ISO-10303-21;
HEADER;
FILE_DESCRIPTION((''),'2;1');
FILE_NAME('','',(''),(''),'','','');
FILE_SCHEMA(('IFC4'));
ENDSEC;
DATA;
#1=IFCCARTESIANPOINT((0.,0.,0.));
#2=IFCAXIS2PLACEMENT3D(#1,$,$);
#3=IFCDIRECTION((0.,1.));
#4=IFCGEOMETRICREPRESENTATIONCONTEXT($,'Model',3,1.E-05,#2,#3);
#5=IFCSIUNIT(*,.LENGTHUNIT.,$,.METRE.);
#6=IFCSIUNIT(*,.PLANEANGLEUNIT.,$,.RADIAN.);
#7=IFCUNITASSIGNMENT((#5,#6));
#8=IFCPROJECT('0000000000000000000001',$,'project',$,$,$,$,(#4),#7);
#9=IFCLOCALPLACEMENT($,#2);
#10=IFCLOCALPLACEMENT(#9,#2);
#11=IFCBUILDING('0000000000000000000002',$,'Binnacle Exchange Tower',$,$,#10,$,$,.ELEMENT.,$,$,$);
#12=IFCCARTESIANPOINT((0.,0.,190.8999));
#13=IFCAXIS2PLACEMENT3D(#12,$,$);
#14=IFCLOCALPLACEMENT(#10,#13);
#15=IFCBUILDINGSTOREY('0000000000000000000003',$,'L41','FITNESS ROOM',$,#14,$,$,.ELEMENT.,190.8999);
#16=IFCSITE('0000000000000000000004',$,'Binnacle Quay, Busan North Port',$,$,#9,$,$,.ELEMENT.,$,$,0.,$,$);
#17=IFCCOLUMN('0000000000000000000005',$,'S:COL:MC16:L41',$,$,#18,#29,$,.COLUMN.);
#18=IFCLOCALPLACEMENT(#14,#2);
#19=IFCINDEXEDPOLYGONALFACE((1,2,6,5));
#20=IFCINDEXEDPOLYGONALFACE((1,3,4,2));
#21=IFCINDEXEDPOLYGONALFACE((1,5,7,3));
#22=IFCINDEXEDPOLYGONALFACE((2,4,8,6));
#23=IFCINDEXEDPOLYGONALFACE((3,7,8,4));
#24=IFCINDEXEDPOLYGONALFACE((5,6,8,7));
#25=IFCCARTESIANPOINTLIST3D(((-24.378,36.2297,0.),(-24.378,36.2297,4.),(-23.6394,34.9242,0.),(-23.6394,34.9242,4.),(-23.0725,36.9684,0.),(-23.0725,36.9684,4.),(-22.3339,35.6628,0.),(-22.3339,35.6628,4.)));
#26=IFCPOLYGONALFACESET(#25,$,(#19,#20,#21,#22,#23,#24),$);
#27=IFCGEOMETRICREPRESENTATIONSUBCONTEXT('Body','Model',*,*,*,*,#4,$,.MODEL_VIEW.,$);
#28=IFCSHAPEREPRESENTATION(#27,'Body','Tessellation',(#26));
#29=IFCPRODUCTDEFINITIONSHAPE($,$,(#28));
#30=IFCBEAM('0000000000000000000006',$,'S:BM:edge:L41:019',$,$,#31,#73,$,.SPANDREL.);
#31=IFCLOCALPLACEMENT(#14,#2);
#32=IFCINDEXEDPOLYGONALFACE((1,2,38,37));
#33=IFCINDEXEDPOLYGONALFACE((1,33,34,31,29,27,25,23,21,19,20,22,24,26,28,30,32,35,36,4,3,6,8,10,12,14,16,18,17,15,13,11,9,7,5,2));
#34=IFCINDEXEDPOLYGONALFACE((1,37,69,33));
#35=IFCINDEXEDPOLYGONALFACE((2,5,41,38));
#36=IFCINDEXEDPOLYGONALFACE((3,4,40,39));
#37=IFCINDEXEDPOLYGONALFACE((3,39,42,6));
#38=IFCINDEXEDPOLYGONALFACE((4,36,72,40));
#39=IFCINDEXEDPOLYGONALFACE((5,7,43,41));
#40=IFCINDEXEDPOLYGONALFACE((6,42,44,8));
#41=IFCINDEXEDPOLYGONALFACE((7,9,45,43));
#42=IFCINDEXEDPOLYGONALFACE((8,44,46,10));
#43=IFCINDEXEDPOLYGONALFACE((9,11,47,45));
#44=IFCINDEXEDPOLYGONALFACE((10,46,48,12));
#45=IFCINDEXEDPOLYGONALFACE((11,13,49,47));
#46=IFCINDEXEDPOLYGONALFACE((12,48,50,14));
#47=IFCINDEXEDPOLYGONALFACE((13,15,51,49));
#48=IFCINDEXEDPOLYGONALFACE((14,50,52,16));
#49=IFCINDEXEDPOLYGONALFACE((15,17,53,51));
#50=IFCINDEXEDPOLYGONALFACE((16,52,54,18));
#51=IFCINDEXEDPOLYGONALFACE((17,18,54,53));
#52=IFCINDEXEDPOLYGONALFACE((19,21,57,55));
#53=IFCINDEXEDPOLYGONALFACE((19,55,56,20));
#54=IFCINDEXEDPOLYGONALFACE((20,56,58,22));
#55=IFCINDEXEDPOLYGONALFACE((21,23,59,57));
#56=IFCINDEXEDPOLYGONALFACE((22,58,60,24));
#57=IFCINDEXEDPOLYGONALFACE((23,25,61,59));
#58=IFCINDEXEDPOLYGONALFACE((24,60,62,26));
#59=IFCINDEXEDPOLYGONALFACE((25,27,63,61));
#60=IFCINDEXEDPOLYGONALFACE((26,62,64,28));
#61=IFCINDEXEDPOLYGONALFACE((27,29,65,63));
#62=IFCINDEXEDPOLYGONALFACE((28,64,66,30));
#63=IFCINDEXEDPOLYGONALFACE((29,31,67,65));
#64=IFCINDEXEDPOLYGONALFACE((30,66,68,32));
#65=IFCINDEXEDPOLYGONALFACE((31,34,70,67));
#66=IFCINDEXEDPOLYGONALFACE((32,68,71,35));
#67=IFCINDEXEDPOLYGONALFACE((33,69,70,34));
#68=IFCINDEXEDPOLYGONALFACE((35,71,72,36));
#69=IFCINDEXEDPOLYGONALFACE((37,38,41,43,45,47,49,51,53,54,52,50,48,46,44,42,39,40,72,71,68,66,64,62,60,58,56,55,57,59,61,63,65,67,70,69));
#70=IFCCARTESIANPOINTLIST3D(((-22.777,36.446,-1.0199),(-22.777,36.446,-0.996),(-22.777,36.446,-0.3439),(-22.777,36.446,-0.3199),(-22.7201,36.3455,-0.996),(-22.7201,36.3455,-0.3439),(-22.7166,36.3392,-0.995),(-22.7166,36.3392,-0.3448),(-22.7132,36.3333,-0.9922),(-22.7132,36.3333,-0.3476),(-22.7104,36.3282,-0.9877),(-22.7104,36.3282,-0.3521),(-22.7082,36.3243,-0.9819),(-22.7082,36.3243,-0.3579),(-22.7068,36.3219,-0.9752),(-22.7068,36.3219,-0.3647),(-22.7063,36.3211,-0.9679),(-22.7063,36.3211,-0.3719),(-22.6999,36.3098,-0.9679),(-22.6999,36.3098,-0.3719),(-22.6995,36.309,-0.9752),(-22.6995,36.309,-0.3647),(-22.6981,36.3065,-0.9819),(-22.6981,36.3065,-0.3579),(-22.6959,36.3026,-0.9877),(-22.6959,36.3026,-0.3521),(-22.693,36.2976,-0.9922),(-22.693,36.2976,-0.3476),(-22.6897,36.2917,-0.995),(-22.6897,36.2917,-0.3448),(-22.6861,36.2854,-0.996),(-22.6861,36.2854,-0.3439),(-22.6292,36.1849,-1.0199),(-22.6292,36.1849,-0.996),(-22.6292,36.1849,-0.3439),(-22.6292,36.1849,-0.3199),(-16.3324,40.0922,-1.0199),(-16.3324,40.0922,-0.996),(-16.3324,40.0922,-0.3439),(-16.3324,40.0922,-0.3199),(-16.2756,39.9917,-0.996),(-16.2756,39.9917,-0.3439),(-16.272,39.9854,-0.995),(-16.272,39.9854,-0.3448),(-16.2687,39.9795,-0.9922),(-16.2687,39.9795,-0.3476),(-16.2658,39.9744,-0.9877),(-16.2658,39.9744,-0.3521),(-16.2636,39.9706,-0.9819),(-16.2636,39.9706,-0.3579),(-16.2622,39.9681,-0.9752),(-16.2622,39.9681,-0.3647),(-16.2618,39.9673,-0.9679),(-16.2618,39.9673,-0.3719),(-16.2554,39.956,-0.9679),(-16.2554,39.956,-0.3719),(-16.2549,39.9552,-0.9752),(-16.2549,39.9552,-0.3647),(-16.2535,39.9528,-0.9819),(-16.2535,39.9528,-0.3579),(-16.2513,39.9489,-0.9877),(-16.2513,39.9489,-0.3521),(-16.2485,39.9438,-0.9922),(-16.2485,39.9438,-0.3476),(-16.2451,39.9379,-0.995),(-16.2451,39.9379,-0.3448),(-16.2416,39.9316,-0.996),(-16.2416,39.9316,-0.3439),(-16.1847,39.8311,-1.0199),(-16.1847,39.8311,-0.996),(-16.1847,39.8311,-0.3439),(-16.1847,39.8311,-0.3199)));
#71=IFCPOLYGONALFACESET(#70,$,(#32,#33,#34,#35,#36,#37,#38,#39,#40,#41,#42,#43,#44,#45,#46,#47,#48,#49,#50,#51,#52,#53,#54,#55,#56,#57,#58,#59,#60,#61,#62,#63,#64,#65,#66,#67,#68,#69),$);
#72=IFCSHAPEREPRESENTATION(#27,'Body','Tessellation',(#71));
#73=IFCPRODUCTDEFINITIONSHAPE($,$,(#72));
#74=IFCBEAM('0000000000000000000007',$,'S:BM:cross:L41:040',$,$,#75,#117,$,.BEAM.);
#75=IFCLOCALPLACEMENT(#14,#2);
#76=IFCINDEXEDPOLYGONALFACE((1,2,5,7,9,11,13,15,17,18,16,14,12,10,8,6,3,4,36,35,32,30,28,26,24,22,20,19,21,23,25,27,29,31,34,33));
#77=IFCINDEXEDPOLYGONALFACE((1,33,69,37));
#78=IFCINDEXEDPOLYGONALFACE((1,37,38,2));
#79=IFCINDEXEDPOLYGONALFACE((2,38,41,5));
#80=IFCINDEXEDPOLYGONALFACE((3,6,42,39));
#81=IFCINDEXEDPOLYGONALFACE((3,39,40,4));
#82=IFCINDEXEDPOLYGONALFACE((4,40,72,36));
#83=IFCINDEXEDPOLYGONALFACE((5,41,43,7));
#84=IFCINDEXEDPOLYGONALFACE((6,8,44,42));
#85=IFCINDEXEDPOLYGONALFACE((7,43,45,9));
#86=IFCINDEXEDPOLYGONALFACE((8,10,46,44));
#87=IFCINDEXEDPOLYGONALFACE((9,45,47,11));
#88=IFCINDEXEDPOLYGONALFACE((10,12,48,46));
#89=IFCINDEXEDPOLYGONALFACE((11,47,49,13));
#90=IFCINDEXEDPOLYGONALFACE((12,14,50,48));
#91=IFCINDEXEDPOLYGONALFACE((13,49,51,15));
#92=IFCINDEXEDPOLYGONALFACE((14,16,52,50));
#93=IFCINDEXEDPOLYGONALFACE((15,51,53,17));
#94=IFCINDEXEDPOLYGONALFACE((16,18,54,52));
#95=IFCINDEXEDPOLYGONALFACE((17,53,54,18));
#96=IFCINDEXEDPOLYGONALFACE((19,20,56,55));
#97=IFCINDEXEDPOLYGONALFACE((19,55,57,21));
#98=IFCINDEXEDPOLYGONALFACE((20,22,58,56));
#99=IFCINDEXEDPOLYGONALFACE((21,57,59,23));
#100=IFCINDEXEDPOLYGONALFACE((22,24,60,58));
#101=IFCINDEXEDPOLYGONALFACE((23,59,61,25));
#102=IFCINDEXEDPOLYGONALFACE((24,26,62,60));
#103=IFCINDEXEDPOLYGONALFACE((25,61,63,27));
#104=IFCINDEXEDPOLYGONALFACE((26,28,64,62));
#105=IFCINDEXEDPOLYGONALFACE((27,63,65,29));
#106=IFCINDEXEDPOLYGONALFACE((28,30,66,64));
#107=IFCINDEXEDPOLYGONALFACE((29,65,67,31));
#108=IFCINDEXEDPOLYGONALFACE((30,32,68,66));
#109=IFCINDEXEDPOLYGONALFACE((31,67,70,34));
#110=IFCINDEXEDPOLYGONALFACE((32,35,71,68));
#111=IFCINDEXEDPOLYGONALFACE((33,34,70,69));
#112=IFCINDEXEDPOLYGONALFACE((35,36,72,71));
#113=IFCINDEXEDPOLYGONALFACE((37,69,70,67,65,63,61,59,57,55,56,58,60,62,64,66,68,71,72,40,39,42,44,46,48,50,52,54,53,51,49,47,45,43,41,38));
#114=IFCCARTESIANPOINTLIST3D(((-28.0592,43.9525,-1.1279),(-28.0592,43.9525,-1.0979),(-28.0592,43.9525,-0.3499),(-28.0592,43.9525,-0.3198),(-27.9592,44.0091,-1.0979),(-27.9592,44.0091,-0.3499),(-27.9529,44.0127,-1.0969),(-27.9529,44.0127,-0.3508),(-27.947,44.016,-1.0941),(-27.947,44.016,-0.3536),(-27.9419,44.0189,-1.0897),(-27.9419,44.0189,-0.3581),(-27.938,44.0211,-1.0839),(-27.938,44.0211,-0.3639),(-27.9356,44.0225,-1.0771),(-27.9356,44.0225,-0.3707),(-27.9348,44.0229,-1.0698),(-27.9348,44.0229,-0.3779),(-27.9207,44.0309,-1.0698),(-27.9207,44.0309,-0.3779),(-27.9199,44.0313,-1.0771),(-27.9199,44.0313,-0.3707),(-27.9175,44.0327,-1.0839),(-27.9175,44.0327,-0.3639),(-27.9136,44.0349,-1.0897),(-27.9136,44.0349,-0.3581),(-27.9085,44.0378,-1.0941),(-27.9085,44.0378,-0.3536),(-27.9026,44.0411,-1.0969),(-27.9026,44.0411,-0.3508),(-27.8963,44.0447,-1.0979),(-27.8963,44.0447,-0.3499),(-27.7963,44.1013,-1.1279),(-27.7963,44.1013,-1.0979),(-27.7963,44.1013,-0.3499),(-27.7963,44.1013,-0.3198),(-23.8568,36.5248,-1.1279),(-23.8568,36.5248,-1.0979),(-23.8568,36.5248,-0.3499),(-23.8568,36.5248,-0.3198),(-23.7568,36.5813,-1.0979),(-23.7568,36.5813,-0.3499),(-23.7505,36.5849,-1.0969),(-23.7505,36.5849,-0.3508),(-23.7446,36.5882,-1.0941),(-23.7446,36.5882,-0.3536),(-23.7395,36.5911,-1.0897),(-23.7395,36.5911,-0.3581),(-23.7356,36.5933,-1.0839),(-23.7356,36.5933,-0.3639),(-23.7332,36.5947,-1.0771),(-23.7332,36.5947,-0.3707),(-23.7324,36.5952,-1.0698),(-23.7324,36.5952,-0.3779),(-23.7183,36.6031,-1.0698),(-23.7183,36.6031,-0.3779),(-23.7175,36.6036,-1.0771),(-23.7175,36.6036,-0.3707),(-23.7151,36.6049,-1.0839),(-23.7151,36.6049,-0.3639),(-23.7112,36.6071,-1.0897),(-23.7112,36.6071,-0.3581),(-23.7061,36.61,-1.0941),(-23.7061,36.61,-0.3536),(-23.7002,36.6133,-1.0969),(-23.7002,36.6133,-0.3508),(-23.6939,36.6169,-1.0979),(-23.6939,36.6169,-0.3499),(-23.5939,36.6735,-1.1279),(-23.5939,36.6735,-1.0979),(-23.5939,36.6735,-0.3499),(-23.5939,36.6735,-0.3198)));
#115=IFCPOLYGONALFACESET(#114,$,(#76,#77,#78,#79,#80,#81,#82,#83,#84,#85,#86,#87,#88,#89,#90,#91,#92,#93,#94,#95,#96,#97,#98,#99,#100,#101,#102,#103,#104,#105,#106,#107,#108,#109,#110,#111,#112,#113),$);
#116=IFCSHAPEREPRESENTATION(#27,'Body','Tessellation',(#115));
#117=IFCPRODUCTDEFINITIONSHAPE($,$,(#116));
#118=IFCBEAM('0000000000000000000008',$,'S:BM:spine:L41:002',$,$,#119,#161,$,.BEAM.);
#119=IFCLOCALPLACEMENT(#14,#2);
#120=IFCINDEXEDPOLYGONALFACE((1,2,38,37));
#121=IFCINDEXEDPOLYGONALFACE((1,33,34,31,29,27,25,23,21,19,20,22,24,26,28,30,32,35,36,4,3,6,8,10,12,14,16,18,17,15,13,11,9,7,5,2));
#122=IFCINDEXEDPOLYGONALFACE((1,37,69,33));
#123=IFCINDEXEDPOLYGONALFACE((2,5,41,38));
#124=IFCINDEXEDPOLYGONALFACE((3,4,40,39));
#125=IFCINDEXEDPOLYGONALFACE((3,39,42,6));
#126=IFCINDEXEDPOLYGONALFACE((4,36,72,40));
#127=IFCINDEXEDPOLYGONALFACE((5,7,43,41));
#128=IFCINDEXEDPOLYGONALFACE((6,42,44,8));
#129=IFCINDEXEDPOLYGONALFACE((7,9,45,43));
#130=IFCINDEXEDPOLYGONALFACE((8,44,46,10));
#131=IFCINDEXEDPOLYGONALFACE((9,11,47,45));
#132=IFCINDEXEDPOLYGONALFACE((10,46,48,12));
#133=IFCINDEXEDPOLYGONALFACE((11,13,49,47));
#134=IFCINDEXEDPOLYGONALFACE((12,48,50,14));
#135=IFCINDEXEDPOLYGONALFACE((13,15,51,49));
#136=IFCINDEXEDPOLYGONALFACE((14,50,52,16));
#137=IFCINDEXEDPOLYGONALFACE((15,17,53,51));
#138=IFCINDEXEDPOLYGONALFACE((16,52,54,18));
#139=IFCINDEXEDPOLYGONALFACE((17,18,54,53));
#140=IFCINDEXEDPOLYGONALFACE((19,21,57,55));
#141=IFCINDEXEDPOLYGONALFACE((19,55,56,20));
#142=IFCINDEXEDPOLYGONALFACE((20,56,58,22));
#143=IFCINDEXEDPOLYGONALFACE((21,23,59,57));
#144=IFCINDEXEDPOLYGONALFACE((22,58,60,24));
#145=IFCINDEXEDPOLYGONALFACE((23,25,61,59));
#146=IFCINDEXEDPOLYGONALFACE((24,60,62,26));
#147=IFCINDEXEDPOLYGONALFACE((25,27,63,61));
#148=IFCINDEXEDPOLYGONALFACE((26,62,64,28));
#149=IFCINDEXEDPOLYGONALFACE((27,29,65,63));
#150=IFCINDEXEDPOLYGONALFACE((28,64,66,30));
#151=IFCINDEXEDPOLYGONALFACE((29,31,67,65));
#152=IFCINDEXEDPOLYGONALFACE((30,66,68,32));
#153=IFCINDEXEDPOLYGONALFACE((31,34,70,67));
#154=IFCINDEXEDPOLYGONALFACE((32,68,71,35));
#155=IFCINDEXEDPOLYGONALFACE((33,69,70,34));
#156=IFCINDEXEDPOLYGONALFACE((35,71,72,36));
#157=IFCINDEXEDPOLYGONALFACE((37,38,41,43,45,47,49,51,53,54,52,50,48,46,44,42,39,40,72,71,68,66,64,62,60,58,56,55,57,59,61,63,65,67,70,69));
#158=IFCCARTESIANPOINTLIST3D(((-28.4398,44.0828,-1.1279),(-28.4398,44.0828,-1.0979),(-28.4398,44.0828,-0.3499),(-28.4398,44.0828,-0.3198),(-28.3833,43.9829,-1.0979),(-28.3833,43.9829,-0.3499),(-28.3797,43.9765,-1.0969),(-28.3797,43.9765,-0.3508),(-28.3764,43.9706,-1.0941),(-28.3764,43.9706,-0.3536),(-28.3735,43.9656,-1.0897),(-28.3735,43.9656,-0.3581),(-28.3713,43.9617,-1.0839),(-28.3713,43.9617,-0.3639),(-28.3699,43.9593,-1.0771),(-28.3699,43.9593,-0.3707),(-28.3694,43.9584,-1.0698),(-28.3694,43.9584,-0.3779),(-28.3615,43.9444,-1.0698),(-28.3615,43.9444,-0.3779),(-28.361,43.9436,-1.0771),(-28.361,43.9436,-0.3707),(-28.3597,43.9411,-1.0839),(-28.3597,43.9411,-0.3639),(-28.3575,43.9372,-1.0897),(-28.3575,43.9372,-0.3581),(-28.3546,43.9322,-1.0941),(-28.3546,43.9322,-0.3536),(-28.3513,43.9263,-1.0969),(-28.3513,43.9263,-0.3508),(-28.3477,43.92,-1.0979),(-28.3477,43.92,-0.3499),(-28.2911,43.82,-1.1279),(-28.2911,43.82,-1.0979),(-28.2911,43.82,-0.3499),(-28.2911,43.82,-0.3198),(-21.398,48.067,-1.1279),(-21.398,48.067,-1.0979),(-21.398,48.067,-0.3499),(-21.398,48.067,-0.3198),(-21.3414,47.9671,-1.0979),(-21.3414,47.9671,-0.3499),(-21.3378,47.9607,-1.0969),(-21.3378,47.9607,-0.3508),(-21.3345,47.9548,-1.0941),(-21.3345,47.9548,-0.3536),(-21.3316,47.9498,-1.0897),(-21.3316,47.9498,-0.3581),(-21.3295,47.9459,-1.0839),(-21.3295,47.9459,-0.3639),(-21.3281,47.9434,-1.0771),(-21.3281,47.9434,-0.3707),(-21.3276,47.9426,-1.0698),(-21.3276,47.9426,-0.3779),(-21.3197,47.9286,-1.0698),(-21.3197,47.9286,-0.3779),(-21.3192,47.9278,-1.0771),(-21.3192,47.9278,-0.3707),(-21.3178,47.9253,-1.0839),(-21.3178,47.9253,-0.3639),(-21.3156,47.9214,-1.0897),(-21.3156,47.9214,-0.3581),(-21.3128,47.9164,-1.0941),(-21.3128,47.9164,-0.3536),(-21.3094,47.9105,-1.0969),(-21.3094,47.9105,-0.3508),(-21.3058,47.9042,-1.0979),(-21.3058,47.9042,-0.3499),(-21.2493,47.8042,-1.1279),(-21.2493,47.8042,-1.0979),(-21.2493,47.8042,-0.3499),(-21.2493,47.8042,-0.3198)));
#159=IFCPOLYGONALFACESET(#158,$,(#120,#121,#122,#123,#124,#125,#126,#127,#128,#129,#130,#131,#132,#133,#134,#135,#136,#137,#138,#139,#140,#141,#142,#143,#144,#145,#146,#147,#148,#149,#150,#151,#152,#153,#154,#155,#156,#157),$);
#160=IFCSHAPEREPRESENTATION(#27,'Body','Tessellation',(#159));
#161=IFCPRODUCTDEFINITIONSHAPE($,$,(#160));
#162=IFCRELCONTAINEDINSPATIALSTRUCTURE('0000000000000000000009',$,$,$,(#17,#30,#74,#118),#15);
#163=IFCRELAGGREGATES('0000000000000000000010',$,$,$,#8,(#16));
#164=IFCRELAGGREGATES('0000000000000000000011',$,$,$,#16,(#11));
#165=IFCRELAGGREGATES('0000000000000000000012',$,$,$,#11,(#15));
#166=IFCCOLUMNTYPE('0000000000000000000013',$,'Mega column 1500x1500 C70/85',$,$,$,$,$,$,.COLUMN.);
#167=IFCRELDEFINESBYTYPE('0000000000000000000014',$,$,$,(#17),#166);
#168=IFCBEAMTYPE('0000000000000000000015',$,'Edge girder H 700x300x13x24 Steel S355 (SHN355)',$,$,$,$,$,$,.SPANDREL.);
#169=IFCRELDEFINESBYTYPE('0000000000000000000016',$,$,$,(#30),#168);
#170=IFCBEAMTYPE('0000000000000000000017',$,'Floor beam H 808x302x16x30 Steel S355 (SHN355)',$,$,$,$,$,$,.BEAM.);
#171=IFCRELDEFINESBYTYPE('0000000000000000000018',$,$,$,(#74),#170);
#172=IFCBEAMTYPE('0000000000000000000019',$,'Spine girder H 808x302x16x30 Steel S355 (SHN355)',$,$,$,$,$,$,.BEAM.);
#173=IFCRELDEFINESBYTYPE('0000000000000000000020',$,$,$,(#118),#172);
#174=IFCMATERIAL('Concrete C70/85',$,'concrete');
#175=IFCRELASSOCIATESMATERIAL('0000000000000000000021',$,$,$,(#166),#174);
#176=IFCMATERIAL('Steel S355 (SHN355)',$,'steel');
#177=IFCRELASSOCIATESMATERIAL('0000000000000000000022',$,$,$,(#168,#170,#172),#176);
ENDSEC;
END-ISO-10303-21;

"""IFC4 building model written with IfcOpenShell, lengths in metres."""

from ifc_helpers import new_model, si_unit, direction, frame, origin, origin_2d, place, context, subcontext, project, spatial, rectangle, i_section, extrude, material, material_profile, profile_set, type_object, element, save


model = new_model("IFC4")

# Units and contexts
model_context = context("Model", 3, precision=1e-05, world=origin(), true_north=direction((0.0, 1.0)))
body_context = subcontext(model_context, "Body", "Model", "MODEL_VIEW")
ifc_project = project(units=[si_unit("LENGTHUNIT", "METRE"), si_unit("PLANEANGLEUNIT", "RADIAN")], contexts=[model_context])

# Site, building, storey
site_placement = place(None, origin())
site = spatial("IfcSite", under=ifc_project, at=site_placement, Name="Binnacle Quay, Busan North Port", CompositionType="ELEMENT", RefElevation=0.0)
building_placement = place(site_placement, origin())
building = spatial("IfcBuilding", under=site, at=building_placement, Name="Binnacle Exchange Tower", CompositionType="ELEMENT")
storey_placement = place(building_placement, frame((0.0, 0.0, 190.8999)))
storey = spatial("IfcBuildingStorey", under=building, at=storey_placement, Name="L41", Description="FITNESS ROOM", CompositionType="ELEMENT", Elevation=190.8999)

# Column
ifc_material_1 = material(Name="Concrete C70/85", Category="concrete")
ifc_material_profile_1 = material_profile(ifc_material_1, rectangle(XDim=1.5, YDim=1.5, at=origin_2d()), Name="Mega column 1500x1500 C70/85")
ifc_profile_set_1 = profile_set([ifc_material_profile_1], Name="Concrete C70/85")
column_type = type_object("IfcColumnType", Name="Mega column 1500x1500 C70/85", PredefinedType="COLUMN", material=ifc_profile_set_1)
column_placement = place(storey_placement, frame((-23.356, 35.9463, 0.0), z_axis=(0.0, 0.0, 1.0), x_axis=(0.870356, 0.492424, 0.0)))
element("IfcColumn", 1, at=column_placement, inside=storey, type_object=column_type, Name="S:COL:MC16:L41", PredefinedType="COLUMN", context=body_context, shape_type="SweptSolid", body=[
    extrude(rectangle(XDim=1.5, YDim=1.5, at=origin_2d()), origin(), (0.0, 0.0, 1.0), 4.0),
])

# Beams
ifc_material_2 = material(Name="Steel S355 (SHN355)", Category="steel")
ifc_material_profile_2 = material_profile(ifc_material_2, i_section(OverallWidth=0.3, OverallDepth=0.7, WebThickness=0.0129, FlangeThickness=0.0239, FilletRadius=0.0281, at=origin_2d()), Name="H 700x300x13x24")
ifc_profile_set_2 = profile_set([ifc_material_profile_2], Name="Steel S355 (SHN355)")
beam_type_1 = type_object("IfcBeamType", Name="Edge girder H 700x300x13x24 Steel S355 (SHN355)", PredefinedType="SPANDREL", material=ifc_profile_set_2)
beam_1_placement = place(storey_placement, frame((-22.7031, 36.3154, -0.6699), z_axis=(0.870352, 0.492431, 0.0), x_axis=(-0.492431, 0.870352, 0.0)))
element("IfcBeam", 2, at=beam_1_placement, inside=storey, type_object=beam_type_1, Name="S:BM:edge:L41:019", PredefinedType="SPANDREL", context=body_context, shape_type="SweptSolid", body=[
    extrude(i_section(OverallWidth=0.3, OverallDepth=0.7, WebThickness=0.0129, FlangeThickness=0.0239, FilletRadius=0.0281, at=origin_2d()), origin(), (0.0, 0.0, 1.0), 7.4045),
])
ifc_material_profile_3 = material_profile(ifc_material_2, i_section(OverallWidth=0.302, OverallDepth=0.8081, WebThickness=0.0161, FlangeThickness=0.03, FilletRadius=0.0281, at=origin_2d()), Name="H 808x302x16x30")
ifc_profile_set_3 = profile_set([ifc_material_profile_3], Name="Steel S355 (SHN355)")
beam_type_2 = type_object("IfcBeamType", Name="Floor beam H 808x302x16x30 Steel S355 (SHN355)", PredefinedType="BEAM", material=ifc_profile_set_3)
beam_2_placement = place(storey_placement, frame((-23.7253, 36.5991, -0.7239), z_axis=(-0.492422, 0.870357, 0.0), x_axis=(-0.870357, -0.492422, 0.0)))
element("IfcBeam", 3, at=beam_2_placement, inside=storey, type_object=beam_type_2, Name="S:BM:cross:L41:040", PredefinedType="BEAM", context=body_context, shape_type="SweptSolid", body=[
    extrude(i_section(OverallWidth=0.302, OverallDepth=0.8081, WebThickness=0.0161, FlangeThickness=0.03, FilletRadius=0.0281, at=origin_2d()), origin(), (0.0, 0.0, 1.0), 8.5342),
])
ifc_material_profile_4 = material_profile(ifc_material_2, i_section(OverallWidth=0.302, OverallDepth=0.8081, WebThickness=0.0161, FlangeThickness=0.03, FilletRadius=0.0281, at=origin_2d()), Name="H 808x302x16x30")
ifc_profile_set_4 = profile_set([ifc_material_profile_4], Name="Steel S355 (SHN355)")
beam_type_3 = type_object("IfcBeamType", Name="Spine girder H 808x302x16x30 Steel S355 (SHN355)", PredefinedType="BEAM", material=ifc_profile_set_4)
beam_3_placement = place(storey_placement, frame((-28.3655, 43.9514, -0.7239), z_axis=(0.87035, 0.492433, 0.0), x_axis=(-0.492433, 0.87035, 0.0)))
element("IfcBeam", 4, at=beam_3_placement, inside=storey, type_object=beam_type_3, Name="S:BM:spine:L41:002", PredefinedType="BEAM", context=body_context, shape_type="SweptSolid", body=[
    extrude(i_section(OverallWidth=0.302, OverallDepth=0.8081, WebThickness=0.0161, FlangeThickness=0.03, FilletRadius=0.0281, at=origin_2d()), origin(), (0.0, 0.0, 1.0), 8.0908),
])

save(model, "model.ifc")
